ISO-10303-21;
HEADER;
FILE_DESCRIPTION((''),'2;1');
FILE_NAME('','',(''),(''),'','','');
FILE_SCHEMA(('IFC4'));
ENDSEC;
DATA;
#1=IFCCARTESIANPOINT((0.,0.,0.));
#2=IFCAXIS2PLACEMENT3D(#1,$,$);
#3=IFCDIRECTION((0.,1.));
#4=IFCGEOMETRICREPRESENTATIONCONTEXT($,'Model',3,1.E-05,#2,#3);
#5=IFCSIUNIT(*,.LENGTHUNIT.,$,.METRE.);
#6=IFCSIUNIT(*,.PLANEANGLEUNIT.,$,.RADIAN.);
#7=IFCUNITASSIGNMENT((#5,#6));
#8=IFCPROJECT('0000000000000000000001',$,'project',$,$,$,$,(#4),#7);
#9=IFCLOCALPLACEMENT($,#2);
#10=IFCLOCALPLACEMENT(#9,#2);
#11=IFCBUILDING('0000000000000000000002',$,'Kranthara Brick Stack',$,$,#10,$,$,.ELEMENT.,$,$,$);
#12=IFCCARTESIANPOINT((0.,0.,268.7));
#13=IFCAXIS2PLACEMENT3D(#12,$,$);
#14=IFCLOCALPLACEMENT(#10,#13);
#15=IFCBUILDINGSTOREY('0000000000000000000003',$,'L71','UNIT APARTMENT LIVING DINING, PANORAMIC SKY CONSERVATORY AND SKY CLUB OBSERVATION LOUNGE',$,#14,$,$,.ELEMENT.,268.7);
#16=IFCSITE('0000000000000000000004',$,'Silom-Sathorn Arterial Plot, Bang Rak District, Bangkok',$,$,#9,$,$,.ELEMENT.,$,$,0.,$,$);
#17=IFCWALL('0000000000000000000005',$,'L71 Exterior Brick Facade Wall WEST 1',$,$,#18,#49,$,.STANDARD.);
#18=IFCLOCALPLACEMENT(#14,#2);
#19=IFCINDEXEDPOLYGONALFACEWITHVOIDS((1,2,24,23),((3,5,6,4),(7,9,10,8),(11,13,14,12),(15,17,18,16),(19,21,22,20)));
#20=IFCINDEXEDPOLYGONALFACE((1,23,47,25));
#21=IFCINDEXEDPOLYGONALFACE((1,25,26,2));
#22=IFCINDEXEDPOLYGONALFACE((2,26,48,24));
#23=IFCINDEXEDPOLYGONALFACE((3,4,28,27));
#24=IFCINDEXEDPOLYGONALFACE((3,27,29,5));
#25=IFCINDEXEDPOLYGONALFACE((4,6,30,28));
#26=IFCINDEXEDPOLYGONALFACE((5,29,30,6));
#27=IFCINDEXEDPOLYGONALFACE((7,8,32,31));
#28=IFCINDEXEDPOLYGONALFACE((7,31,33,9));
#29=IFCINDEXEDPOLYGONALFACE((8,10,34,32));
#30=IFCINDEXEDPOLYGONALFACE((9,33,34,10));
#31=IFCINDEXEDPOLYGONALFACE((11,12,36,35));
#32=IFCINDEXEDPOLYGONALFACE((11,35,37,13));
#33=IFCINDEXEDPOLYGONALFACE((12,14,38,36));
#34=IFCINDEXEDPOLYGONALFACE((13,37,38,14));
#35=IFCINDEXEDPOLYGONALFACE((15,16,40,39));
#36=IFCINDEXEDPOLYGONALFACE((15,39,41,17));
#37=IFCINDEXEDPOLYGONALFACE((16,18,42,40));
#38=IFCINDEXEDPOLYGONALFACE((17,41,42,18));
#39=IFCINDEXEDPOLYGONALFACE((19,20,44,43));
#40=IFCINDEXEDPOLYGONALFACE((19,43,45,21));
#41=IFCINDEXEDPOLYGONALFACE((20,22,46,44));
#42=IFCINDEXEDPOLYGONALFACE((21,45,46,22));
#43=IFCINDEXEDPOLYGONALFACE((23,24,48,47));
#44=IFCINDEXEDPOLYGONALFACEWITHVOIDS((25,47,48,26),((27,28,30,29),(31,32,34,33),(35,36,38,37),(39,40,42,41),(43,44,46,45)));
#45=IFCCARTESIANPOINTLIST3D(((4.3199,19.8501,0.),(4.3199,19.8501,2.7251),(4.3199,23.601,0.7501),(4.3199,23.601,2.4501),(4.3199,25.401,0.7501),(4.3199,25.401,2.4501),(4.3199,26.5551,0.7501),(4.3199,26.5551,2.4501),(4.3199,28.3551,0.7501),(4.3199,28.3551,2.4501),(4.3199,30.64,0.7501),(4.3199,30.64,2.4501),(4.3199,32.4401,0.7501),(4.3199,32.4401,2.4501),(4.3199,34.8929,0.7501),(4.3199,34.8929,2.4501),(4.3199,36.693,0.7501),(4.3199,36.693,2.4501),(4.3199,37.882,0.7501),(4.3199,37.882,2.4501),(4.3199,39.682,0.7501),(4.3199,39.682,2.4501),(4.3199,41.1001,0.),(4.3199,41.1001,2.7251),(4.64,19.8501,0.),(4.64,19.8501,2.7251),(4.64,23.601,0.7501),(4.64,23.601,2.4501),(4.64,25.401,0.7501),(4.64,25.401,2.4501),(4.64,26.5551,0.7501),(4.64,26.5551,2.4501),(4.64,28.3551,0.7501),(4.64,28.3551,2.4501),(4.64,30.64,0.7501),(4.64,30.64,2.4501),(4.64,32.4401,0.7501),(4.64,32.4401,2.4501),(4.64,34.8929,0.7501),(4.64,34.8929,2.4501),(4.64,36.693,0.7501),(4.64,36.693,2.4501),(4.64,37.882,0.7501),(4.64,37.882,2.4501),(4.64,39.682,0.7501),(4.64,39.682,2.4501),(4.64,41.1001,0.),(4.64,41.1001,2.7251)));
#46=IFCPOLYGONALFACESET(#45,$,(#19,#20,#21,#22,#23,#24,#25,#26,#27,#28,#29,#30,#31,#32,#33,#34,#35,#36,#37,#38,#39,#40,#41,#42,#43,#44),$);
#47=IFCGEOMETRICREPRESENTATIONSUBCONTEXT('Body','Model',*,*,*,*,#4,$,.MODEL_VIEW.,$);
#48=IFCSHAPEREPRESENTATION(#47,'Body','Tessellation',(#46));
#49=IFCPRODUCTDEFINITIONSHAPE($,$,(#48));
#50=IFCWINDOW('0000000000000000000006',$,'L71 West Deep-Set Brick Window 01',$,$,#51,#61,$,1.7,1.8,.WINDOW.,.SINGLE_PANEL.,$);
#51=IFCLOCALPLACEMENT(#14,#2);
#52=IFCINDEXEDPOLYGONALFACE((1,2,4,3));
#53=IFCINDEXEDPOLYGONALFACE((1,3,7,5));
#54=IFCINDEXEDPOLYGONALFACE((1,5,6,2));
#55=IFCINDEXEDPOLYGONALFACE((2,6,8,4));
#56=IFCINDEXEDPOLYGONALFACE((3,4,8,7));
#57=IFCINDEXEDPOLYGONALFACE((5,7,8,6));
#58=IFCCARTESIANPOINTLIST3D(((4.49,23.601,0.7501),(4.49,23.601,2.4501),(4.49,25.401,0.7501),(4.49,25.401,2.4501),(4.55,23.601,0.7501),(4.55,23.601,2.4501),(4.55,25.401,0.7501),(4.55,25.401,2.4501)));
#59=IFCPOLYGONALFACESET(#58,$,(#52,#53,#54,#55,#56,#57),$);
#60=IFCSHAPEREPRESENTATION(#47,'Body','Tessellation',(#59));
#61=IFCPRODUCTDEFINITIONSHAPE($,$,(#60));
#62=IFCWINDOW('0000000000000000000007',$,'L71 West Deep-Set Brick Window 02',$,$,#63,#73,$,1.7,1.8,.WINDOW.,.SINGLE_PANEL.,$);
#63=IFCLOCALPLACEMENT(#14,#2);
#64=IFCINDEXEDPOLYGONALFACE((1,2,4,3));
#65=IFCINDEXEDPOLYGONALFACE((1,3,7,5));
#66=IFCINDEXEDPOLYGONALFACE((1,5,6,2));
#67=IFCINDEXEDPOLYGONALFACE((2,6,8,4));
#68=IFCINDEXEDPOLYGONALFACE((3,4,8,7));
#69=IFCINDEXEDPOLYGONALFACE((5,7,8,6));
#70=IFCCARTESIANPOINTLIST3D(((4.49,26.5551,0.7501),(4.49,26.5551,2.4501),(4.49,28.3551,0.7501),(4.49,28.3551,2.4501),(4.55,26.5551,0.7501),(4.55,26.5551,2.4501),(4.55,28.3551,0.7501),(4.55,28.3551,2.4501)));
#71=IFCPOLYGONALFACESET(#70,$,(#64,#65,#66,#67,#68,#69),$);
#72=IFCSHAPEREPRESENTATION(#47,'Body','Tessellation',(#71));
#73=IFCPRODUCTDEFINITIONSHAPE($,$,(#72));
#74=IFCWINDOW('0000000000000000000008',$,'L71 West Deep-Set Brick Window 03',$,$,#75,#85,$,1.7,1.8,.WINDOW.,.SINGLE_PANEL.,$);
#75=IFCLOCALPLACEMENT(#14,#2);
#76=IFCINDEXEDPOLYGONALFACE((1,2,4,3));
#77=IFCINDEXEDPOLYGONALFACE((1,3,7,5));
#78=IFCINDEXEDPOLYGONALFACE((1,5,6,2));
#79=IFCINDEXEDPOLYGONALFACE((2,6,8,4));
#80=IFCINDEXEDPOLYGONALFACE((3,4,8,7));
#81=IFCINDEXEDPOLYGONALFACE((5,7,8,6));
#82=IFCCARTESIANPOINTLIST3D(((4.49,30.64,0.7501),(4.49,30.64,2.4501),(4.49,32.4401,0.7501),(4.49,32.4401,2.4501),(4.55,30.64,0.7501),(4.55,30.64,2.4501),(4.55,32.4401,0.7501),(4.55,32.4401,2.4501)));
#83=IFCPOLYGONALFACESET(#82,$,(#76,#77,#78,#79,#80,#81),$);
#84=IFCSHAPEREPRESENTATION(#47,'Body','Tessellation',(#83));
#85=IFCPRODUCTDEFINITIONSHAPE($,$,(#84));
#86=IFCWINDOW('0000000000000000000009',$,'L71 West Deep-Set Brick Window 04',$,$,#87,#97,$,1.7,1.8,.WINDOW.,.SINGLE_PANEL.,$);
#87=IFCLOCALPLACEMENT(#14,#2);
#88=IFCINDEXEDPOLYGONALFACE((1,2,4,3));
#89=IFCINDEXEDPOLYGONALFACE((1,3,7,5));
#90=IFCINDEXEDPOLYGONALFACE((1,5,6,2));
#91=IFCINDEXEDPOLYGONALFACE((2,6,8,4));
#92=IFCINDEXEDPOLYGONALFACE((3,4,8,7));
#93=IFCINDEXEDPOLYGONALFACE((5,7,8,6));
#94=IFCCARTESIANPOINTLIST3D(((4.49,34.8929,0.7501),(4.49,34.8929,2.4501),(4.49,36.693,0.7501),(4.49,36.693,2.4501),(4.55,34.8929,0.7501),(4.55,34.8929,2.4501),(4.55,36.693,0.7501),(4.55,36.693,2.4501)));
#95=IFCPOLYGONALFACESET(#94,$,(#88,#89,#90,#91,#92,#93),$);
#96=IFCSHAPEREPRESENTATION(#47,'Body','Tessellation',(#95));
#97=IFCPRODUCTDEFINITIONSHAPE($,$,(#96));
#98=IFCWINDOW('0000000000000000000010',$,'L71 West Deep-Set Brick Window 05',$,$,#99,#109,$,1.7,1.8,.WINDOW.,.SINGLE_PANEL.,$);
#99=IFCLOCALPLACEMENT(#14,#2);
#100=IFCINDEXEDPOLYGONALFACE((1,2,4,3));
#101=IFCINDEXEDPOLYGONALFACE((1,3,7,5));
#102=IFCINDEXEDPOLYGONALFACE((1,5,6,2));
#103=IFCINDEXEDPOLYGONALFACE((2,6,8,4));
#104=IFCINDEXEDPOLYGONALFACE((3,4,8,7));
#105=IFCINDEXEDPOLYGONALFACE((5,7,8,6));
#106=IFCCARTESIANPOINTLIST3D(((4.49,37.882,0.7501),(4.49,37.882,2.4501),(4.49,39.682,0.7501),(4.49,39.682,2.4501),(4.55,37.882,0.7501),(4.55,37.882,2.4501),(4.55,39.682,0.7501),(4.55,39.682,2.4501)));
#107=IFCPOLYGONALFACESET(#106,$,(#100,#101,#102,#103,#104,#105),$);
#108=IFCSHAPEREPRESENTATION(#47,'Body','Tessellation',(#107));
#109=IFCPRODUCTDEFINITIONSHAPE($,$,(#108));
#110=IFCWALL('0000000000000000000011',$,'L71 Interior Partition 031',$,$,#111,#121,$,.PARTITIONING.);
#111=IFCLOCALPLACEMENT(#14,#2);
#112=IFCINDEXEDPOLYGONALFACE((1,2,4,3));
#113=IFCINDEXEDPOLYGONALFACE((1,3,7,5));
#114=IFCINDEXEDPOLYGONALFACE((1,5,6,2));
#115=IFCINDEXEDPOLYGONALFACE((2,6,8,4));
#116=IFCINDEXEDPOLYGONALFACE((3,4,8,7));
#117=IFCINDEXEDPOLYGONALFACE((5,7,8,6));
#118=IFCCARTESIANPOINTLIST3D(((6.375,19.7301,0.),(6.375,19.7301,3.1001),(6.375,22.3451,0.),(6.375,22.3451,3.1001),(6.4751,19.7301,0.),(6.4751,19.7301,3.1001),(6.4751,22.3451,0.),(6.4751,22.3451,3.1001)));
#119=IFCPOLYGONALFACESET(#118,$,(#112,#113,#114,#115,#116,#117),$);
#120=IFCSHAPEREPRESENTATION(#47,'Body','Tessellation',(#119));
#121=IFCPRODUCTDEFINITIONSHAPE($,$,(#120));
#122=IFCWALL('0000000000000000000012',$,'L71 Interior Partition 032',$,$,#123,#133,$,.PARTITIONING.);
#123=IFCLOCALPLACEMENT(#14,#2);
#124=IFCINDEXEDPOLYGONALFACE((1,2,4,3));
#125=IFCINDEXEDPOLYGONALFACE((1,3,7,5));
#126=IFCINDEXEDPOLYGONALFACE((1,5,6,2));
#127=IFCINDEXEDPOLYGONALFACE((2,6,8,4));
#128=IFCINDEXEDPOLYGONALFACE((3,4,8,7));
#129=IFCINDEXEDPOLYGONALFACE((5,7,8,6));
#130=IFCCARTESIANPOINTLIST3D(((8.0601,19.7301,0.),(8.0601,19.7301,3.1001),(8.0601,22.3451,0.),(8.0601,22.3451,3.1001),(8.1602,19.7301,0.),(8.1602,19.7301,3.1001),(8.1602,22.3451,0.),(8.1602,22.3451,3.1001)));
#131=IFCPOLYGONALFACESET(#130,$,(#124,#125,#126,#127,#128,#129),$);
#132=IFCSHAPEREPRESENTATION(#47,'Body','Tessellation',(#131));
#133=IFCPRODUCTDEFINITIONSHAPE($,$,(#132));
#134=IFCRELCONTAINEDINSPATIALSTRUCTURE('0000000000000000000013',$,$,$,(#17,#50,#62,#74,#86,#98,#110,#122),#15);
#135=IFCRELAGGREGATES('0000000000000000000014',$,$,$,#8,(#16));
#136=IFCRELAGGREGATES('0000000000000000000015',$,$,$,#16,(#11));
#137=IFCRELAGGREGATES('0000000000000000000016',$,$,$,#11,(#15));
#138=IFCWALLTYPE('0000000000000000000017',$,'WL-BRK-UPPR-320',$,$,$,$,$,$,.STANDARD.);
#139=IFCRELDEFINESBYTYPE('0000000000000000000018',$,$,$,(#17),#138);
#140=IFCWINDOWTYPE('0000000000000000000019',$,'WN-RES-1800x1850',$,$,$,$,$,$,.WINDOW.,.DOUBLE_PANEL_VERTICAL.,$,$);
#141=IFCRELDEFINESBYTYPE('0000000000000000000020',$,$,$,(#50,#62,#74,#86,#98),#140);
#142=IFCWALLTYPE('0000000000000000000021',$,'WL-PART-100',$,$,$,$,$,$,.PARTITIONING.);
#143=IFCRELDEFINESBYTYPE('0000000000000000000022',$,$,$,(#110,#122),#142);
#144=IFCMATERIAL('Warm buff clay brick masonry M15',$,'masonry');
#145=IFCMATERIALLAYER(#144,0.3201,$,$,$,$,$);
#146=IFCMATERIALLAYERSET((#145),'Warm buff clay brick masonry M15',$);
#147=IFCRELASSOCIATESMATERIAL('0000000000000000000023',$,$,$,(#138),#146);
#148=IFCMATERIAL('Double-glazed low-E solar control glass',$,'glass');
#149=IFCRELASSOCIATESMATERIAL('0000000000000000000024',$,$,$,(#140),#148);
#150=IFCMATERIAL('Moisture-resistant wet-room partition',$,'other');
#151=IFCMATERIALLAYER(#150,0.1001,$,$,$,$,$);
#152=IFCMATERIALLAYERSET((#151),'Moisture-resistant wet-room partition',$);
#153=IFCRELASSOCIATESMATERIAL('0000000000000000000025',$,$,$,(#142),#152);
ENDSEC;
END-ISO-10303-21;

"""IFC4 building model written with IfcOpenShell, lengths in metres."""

from ifc_helpers import new_model, si_unit, direction, frame, frame_2d, origin, place, context, subcontext, project, spatial, rectangle, extrude, material, layer, layer_set, type_object, element, fill, save


model = new_model("IFC4")

# Units and contexts
model_context = context("Model", 3, precision=1e-05, world=origin(), true_north=direction((0.0, 1.0)))
body_context = subcontext(model_context, "Body", "Model", "MODEL_VIEW")
ifc_project = project(units=[si_unit("LENGTHUNIT", "METRE"), si_unit("PLANEANGLEUNIT", "RADIAN")], contexts=[model_context])

# Site, building, storey
site_placement = place(None, origin())
site = spatial("IfcSite", under=ifc_project, at=site_placement, Name="Silom-Sathorn Arterial Plot, Bang Rak District, Bangkok", CompositionType="ELEMENT", RefElevation=0.0)
building_placement = place(site_placement, origin())
building = spatial("IfcBuilding", under=site, at=building_placement, Name="Kranthara Brick Stack", CompositionType="ELEMENT")
storey_placement = place(building_placement, frame((0.0, 0.0, 268.7)))
storey = spatial("IfcBuildingStorey", under=building, at=storey_placement, Name="L71", Description="UNIT APARTMENT LIVING DINING, PANORAMIC SKY CONSERVATORY AND SKY CLUB OBSERVATION LOUNGE", CompositionType="ELEMENT", Elevation=268.7)

# Wall, openings, windows
ifc_material_1 = material(Name="Warm buff clay brick masonry M15", Category="masonry")
ifc_layer_1 = layer(ifc_material_1, 0.3201)
ifc_layer_set_1 = layer_set([ifc_layer_1], Name="Warm buff clay brick masonry M15")
wall_type_1 = type_object("IfcWallType", Name="WL-BRK-UPPR-320", PredefinedType="STANDARD", material=ifc_layer_set_1)
wall_1_placement = place(storey_placement, frame((4.48, 19.8501, 0.0), z_axis=(0.0, 0.0, 1.0), x_axis=(0.0, 1.0, 0.0)))
wall_1 = element("IfcWall", 1, at=wall_1_placement, inside=storey, type_object=wall_type_1, Name="L71 Exterior Brick Facade Wall WEST 1", PredefinedType="STANDARD", context=body_context, shape_type="SweptSolid", body=[
    extrude(rectangle(XDim=21.25, YDim=0.3201, at=frame_2d((10.625, 0.0))), origin(), (0.0, 0.0, 1.0), 2.7251),
])
opening_1_placement = place(wall_1_placement, frame((3.751, 0.0, 0.75)))
opening_1 = element("IfcOpeningElement", 2, at=opening_1_placement, cuts=wall_1, PredefinedType="OPENING", context=body_context, shape_type="SweptSolid", body=[
    extrude(rectangle(XDim=1.8, YDim=1.7, at=frame_2d((0.8999, 0.8501))), frame((0.0, 0.1699, 0.0), z_axis=(0.0, -1.0, 0.0), x_axis=(1.0, 0.0, 0.0)), (0.0, 0.0, 1.0), 0.3401),
])
opening_2_placement = place(wall_1_placement, frame((6.7051, 0.0, 0.75)))
opening_2 = element("IfcOpeningElement", 3, at=opening_2_placement, cuts=wall_1, PredefinedType="OPENING", context=body_context, shape_type="SweptSolid", body=[
    extrude(rectangle(XDim=1.8, YDim=1.7, at=frame_2d((0.8999, 0.8501))), frame((0.0, 0.1699, 0.0), z_axis=(0.0, -1.0, 0.0), x_axis=(1.0, 0.0, 0.0)), (0.0, 0.0, 1.0), 0.3401),
])
opening_3_placement = place(wall_1_placement, frame((10.79, 0.0, 0.75)))
opening_3 = element("IfcOpeningElement", 4, at=opening_3_placement, cuts=wall_1, PredefinedType="OPENING", context=body_context, shape_type="SweptSolid", body=[
    extrude(rectangle(XDim=1.8, YDim=1.7, at=frame_2d((0.8999, 0.8501))), frame((0.0, 0.1699, 0.0), z_axis=(0.0, -1.0, 0.0), x_axis=(1.0, 0.0, 0.0)), (0.0, 0.0, 1.0), 0.3401),
])
opening_4_placement = place(wall_1_placement, frame((15.043, 0.0, 0.75)))
opening_4 = element("IfcOpeningElement", 5, at=opening_4_placement, cuts=wall_1, PredefinedType="OPENING", context=body_context, shape_type="SweptSolid", body=[
    extrude(rectangle(XDim=1.8, YDim=1.7, at=frame_2d((0.8999, 0.8501))), frame((0.0, 0.1699, 0.0), z_axis=(0.0, -1.0, 0.0), x_axis=(1.0, 0.0, 0.0)), (0.0, 0.0, 1.0), 0.3401),
])
opening_5_placement = place(wall_1_placement, frame((18.032, 0.0, 0.75)))
opening_5 = element("IfcOpeningElement", 6, at=opening_5_placement, cuts=wall_1, PredefinedType="OPENING", context=body_context, shape_type="SweptSolid", body=[
    extrude(rectangle(XDim=1.8, YDim=1.7, at=frame_2d((0.8999, 0.8501))), frame((0.0, 0.1699, 0.0), z_axis=(0.0, -1.0, 0.0), x_axis=(1.0, 0.0, 0.0)), (0.0, 0.0, 1.0), 0.3401),
])
ifc_material_2 = material(Name="Double-glazed low-E solar control glass", Category="glass")
window_type = type_object("IfcWindowType", Name="WN-RES-1800x1850", PartitioningType="DOUBLE_PANEL_VERTICAL", PredefinedType="WINDOW", material=ifc_material_2)
window_1_placement = place(opening_1_placement, origin())
window_1 = element("IfcWindow", 7, at=window_1_placement, inside=storey, type_object=window_type, Name="L71 West Deep-Set Brick Window 01", OverallHeight=1.7, OverallWidth=1.8, PartitioningType="SINGLE_PANEL", PredefinedType="WINDOW", context=body_context, shape_type="SweptSolid", body=[
    extrude(rectangle(XDim=1.8, YDim=1.7, at=frame_2d((0.8999, 0.8501))), frame((0.0, -0.01, 0.0), z_axis=(0.0, -1.0, 0.0), x_axis=(1.0, 0.0, 0.0)), (0.0, 0.0, 1.0), 0.0601),
])
fill(opening_1, window_1)
window_2_placement = place(opening_2_placement, origin())
window_2 = element("IfcWindow", 8, at=window_2_placement, inside=storey, type_object=window_type, Name="L71 West Deep-Set Brick Window 02", OverallHeight=1.7, OverallWidth=1.8, PartitioningType="SINGLE_PANEL", PredefinedType="WINDOW", context=body_context, shape_type="SweptSolid", body=[
    extrude(rectangle(XDim=1.8, YDim=1.7, at=frame_2d((0.8999, 0.8501))), frame((0.0, -0.01, 0.0), z_axis=(0.0, -1.0, 0.0), x_axis=(1.0, 0.0, 0.0)), (0.0, 0.0, 1.0), 0.0601),
])
fill(opening_2, window_2)
window_3_placement = place(opening_3_placement, origin())
window_3 = element("IfcWindow", 9, at=window_3_placement, inside=storey, type_object=window_type, Name="L71 West Deep-Set Brick Window 03", OverallHeight=1.7, OverallWidth=1.8, PartitioningType="SINGLE_PANEL", PredefinedType="WINDOW", context=body_context, shape_type="SweptSolid", body=[
    extrude(rectangle(XDim=1.8, YDim=1.7, at=frame_2d((0.8999, 0.8501))), frame((0.0, -0.01, 0.0), z_axis=(0.0, -1.0, 0.0), x_axis=(1.0, 0.0, 0.0)), (0.0, 0.0, 1.0), 0.0601),
])
fill(opening_3, window_3)
window_4_placement = place(opening_4_placement, origin())
window_4 = element("IfcWindow", 10, at=window_4_placement, inside=storey, type_object=window_type, Name="L71 West Deep-Set Brick Window 04", OverallHeight=1.7, OverallWidth=1.8, PartitioningType="SINGLE_PANEL", PredefinedType="WINDOW", context=body_context, shape_type="SweptSolid", body=[
    extrude(rectangle(XDim=1.8, YDim=1.7, at=frame_2d((0.8999, 0.8501))), frame((0.0, -0.01, 0.0), z_axis=(0.0, -1.0, 0.0), x_axis=(1.0, 0.0, 0.0)), (0.0, 0.0, 1.0), 0.0601),
])
fill(opening_4, window_4)
window_5_placement = place(opening_5_placement, origin())
window_5 = element("IfcWindow", 11, at=window_5_placement, inside=storey, type_object=window_type, Name="L71 West Deep-Set Brick Window 05", OverallHeight=1.7, OverallWidth=1.8, PartitioningType="SINGLE_PANEL", PredefinedType="WINDOW", context=body_context, shape_type="SweptSolid", body=[
    extrude(rectangle(XDim=1.8, YDim=1.7, at=frame_2d((0.8999, 0.8501))), frame((0.0, -0.01, 0.0), z_axis=(0.0, -1.0, 0.0), x_axis=(1.0, 0.0, 0.0)), (0.0, 0.0, 1.0), 0.0601),
])
fill(opening_5, window_5)

# Walls
ifc_material_3 = material(Name="Moisture-resistant wet-room partition", Category="other")
ifc_layer_2 = layer(ifc_material_3, 0.1001)
ifc_layer_set_2 = layer_set([ifc_layer_2], Name="Moisture-resistant wet-room partition")
wall_type_2 = type_object("IfcWallType", Name="WL-PART-100", PredefinedType="PARTITIONING", material=ifc_layer_set_2)
for number, where, z_axis, x_axis, name in (
    (12, (6.425, 19.73, 0.0), (0.0, 0.0, 1.0), (0.0, 1.0, 0.0), "L71 Interior Partition 031"),
    (13, (8.1101, 19.73, 0.0), (0.0, 0.0, 1.0), (0.0, 1.0, 0.0), "L71 Interior Partition 032"),
):
    element("IfcWall", number, at=place(storey_placement, frame(where, z_axis=z_axis, x_axis=x_axis)), inside=storey, type_object=wall_type_2, Name=name, PredefinedType="PARTITIONING", context=body_context, shape_type="SweptSolid", body=[
        extrude(rectangle(XDim=2.615, YDim=0.1001, at=frame_2d((1.3076, 0.0))), origin(), (0.0, 0.0, 1.0), 3.1001),
    ])

save(model, "model.ifc")
